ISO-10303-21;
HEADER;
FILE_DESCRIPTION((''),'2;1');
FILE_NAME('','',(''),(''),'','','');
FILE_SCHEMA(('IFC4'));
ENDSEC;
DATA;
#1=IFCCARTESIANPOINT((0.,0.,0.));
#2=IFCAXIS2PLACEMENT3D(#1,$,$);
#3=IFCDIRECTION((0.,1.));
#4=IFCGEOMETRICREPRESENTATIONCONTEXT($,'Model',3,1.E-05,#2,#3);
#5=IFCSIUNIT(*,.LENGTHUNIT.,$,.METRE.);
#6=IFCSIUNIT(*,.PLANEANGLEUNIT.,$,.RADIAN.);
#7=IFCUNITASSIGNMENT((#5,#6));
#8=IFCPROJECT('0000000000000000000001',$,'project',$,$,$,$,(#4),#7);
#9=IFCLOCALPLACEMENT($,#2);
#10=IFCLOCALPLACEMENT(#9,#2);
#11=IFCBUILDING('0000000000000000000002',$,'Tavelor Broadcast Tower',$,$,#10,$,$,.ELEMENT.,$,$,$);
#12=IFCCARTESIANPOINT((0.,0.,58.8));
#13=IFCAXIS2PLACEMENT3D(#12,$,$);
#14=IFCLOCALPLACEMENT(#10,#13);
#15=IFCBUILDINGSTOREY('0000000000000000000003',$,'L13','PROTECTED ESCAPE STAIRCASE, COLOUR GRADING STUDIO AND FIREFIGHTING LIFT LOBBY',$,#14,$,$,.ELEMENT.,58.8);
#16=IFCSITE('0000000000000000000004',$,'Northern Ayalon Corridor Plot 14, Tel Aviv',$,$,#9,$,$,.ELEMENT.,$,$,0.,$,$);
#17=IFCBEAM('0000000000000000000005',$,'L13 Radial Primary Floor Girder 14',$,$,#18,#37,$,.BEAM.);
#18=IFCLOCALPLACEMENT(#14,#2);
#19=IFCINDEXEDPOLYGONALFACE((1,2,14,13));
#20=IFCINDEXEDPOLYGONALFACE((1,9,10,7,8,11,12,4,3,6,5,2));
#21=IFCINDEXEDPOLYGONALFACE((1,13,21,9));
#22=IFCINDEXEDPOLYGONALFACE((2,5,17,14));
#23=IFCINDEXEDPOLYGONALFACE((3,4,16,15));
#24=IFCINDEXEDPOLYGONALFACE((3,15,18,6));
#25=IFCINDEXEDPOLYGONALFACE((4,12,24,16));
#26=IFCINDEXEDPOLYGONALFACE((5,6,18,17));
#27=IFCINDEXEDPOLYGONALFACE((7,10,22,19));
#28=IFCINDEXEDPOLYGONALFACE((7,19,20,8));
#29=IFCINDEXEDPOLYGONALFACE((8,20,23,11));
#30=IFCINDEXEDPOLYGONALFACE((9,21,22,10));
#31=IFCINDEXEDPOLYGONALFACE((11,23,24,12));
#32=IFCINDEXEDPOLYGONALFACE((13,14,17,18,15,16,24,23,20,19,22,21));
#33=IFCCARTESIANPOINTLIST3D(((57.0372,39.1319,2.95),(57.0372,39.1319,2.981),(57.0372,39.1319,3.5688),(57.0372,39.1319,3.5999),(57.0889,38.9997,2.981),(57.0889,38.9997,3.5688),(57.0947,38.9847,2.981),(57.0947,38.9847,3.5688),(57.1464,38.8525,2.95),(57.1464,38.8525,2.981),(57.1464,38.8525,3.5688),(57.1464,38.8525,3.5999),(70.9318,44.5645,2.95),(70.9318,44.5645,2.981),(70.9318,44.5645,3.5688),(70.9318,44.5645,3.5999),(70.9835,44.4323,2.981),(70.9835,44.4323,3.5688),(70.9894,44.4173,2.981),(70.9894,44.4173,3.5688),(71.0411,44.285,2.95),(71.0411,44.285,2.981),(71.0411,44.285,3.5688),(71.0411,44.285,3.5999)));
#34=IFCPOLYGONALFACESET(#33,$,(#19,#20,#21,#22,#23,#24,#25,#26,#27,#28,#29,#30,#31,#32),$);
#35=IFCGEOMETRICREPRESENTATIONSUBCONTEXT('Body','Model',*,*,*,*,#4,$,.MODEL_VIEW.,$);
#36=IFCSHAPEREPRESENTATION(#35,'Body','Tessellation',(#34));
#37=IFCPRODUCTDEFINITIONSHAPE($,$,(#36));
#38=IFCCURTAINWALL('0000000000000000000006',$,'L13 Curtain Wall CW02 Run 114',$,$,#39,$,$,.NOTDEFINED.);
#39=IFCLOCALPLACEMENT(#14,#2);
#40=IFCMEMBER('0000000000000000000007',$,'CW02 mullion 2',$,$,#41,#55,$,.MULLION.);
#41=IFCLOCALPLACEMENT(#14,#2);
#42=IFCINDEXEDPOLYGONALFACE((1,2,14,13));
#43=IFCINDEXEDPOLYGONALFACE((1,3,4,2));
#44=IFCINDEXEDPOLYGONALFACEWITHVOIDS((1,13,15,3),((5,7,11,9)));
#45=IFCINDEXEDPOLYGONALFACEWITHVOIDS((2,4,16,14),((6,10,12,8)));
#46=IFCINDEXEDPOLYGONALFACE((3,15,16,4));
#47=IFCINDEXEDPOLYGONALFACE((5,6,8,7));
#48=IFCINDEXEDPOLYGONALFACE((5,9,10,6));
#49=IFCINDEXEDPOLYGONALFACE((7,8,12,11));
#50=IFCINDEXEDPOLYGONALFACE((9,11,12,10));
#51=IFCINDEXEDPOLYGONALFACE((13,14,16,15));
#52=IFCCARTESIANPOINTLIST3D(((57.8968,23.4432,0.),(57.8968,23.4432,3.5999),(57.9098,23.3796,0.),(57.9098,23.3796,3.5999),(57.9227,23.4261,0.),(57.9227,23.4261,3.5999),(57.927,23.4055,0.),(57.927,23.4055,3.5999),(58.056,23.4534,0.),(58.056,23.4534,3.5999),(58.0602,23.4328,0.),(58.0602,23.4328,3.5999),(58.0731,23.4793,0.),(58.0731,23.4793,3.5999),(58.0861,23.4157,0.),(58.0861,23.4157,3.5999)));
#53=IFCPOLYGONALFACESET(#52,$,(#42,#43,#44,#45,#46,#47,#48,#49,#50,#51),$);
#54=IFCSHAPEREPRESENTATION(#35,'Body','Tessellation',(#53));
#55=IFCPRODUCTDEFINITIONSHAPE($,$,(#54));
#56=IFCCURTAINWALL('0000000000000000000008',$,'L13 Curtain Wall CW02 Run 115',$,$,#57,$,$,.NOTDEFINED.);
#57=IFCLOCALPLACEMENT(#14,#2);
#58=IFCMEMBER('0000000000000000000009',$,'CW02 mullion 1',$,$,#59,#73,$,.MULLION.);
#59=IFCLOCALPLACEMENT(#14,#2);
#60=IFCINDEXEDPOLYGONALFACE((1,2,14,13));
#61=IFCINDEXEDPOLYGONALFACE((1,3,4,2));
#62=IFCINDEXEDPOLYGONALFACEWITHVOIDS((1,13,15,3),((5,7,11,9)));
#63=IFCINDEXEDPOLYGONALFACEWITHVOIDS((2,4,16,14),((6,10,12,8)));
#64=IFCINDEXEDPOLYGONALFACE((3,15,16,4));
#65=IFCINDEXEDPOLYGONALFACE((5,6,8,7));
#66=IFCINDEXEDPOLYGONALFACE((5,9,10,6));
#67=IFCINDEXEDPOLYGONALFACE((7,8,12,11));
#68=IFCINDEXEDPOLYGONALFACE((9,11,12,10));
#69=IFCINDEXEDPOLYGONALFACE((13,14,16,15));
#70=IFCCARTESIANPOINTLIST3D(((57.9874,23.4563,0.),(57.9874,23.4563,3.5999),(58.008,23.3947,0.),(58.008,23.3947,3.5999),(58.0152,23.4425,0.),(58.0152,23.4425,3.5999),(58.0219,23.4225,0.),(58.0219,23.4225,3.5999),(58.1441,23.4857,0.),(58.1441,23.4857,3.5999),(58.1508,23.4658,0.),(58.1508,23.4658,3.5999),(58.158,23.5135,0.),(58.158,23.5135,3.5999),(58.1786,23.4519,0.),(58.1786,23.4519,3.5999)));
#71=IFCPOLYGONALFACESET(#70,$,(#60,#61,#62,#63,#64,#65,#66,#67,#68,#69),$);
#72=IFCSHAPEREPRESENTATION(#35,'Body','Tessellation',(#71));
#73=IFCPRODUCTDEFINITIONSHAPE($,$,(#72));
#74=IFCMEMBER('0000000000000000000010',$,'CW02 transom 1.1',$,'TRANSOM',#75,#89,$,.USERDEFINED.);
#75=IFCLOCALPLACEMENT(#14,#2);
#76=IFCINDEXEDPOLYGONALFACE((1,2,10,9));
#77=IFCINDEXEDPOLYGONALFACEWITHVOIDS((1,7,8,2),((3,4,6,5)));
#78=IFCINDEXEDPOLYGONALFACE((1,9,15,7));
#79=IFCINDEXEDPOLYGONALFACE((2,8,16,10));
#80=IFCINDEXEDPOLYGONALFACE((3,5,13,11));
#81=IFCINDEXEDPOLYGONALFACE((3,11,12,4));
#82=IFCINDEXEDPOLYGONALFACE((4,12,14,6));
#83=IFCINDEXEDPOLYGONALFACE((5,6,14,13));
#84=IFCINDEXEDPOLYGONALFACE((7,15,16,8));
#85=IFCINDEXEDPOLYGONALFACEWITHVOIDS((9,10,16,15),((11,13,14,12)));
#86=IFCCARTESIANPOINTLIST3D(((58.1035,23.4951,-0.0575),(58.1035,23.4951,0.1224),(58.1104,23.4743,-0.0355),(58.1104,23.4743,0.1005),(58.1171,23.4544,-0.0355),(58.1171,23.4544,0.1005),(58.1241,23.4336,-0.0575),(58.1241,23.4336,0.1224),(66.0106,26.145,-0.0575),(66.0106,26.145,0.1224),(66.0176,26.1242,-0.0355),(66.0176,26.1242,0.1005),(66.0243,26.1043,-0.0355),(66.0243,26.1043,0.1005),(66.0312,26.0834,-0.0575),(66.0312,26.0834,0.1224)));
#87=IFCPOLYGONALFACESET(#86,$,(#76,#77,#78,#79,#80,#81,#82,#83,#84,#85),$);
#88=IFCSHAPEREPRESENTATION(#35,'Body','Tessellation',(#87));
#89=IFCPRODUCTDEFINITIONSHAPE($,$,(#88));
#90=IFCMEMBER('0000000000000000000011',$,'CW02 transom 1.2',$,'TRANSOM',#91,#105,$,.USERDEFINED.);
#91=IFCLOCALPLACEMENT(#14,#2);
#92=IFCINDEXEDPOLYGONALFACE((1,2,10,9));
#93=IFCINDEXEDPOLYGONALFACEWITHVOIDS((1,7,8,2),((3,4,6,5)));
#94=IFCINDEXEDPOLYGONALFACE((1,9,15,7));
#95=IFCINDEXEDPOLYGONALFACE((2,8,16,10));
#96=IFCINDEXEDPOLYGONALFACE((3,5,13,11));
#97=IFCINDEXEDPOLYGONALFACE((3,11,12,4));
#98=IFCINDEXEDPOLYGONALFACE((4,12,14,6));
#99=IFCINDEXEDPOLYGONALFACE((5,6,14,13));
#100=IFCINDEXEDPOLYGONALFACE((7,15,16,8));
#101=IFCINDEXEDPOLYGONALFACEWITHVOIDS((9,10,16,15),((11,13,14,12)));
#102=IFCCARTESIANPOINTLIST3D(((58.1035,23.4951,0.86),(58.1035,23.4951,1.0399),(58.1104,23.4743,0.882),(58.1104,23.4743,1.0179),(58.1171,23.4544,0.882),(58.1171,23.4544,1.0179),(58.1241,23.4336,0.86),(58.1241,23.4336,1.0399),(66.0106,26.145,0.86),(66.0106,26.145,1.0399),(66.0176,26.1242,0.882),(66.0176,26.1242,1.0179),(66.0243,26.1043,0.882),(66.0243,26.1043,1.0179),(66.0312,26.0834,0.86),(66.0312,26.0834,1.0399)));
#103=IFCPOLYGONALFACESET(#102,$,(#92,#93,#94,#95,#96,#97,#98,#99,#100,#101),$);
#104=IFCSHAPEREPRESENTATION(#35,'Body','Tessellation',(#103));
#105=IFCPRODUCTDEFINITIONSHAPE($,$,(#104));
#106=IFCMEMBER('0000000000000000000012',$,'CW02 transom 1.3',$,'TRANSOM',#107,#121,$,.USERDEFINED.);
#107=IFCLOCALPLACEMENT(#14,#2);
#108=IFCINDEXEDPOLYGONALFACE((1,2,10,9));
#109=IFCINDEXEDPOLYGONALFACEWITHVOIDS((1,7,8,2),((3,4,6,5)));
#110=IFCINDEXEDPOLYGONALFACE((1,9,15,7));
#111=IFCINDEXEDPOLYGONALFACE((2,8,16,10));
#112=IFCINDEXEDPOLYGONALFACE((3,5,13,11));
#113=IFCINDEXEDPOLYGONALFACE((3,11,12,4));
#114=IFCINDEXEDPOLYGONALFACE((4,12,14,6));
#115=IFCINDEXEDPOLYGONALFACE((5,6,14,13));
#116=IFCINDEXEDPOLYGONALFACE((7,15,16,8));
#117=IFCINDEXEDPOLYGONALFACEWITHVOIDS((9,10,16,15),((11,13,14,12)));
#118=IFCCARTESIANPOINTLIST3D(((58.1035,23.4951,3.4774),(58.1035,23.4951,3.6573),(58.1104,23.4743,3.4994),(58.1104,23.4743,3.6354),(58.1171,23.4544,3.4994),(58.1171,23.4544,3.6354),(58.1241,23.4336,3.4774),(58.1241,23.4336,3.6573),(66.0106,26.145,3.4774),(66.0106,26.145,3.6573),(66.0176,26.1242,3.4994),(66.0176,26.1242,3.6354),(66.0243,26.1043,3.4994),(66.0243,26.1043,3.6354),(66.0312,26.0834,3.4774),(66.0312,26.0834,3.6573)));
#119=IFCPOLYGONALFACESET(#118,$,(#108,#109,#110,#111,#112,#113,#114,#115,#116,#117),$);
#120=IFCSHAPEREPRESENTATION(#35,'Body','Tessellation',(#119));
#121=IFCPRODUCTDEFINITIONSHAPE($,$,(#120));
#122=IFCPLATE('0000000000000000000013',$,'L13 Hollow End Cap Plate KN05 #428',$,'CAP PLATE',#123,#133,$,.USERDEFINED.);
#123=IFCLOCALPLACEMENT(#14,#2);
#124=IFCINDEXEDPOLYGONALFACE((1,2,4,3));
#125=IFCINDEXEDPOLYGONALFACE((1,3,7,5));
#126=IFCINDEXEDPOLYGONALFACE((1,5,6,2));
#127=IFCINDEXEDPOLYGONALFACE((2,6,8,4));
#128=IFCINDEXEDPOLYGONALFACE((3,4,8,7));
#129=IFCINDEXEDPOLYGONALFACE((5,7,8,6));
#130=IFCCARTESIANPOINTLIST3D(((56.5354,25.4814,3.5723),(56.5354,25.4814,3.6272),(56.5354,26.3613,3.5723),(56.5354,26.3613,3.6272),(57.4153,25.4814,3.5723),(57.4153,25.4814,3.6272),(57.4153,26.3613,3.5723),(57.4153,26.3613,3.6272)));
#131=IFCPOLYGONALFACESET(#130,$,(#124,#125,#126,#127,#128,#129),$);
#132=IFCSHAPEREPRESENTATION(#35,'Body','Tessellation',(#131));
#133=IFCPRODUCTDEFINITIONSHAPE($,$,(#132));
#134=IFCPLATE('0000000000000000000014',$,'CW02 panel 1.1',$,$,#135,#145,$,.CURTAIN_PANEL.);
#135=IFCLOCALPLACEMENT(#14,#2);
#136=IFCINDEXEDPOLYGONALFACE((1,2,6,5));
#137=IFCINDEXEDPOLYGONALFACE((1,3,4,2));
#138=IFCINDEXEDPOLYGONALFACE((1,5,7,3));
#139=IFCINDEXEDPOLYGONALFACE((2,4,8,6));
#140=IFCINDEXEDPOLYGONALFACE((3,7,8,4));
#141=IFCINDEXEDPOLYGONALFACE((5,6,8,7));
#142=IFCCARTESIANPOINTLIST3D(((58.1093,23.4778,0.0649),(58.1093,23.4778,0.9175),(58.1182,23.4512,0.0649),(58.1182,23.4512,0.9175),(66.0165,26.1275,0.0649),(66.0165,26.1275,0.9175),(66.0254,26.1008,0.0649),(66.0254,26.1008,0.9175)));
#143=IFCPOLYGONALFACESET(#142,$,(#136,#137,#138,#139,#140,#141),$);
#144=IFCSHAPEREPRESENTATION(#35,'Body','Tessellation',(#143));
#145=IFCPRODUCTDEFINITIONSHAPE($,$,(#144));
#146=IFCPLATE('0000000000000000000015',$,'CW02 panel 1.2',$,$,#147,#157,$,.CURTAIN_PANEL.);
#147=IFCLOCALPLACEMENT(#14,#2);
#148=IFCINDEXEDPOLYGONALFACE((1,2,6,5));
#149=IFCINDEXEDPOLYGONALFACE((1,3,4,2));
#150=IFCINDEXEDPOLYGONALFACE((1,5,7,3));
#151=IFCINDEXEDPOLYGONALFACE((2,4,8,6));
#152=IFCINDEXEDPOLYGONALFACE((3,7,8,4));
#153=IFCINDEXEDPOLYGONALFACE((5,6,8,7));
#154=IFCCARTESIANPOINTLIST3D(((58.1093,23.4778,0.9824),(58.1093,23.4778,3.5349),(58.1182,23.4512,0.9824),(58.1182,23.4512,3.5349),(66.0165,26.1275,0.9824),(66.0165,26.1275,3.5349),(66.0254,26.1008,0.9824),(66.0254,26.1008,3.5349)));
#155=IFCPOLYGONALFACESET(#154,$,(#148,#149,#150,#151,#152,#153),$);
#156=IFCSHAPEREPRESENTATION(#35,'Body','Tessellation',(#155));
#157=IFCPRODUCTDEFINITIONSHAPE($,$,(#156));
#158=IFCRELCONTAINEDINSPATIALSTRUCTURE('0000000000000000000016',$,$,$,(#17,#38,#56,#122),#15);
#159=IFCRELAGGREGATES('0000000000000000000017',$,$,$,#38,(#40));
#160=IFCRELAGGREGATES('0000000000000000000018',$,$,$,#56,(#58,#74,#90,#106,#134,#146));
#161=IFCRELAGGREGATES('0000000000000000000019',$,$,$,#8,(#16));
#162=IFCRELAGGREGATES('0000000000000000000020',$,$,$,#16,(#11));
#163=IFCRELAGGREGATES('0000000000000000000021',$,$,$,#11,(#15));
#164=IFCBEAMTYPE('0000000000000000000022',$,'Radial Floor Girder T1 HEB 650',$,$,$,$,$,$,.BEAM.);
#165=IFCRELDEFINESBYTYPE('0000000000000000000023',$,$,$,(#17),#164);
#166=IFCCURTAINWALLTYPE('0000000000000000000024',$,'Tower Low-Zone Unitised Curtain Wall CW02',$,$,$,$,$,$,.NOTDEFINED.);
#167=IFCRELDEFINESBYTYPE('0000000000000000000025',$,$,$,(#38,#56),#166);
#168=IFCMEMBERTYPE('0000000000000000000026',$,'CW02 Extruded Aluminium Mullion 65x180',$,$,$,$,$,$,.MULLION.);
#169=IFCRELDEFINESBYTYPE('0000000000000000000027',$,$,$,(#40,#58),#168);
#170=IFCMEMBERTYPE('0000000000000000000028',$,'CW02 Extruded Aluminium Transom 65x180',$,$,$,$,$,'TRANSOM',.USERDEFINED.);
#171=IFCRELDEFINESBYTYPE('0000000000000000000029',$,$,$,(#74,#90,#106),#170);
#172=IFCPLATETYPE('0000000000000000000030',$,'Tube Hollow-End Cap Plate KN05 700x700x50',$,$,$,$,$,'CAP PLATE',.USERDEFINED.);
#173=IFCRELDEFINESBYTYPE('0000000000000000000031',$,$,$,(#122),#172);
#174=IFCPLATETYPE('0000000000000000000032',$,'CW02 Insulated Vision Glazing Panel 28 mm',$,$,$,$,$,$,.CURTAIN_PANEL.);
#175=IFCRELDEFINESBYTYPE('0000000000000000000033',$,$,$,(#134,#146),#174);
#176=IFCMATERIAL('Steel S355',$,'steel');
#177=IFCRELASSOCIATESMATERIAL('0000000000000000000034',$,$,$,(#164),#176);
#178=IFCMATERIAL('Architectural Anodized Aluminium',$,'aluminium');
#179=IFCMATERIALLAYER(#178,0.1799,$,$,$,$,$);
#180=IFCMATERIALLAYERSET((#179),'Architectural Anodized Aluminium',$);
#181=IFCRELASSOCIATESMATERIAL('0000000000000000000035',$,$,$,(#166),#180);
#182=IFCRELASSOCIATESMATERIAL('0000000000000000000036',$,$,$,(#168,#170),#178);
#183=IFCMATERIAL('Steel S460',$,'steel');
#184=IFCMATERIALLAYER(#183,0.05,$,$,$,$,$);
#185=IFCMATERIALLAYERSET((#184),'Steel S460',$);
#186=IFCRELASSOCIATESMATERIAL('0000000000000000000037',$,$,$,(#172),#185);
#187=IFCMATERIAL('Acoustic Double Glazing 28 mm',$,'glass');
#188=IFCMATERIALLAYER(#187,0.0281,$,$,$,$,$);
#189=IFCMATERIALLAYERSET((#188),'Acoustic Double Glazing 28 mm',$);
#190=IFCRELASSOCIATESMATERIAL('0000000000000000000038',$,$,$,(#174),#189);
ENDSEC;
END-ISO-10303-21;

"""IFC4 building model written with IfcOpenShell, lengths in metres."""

from ifc_helpers import new_model, si_unit, direction, frame, origin, origin_2d, place, context, subcontext, project, spatial, rectangle, hollow_rectangle, i_section, extrude, source, transform, mapped, material, layer, layer_set, material_profile, profile_set, type_object, type_shapes, element, aggregate, save


model = new_model("IFC4")

# Units and contexts
model_context = context("Model", 3, precision=1e-05, world=origin(), true_north=direction((0.0, 1.0)))
body_context = subcontext(model_context, "Body", "Model", "MODEL_VIEW")
ifc_project = project(units=[si_unit("LENGTHUNIT", "METRE"), si_unit("PLANEANGLEUNIT", "RADIAN")], contexts=[model_context])

# Site, building, storey
site_placement = place(None, origin())
site = spatial("IfcSite", under=ifc_project, at=site_placement, Name="Northern Ayalon Corridor Plot 14, Tel Aviv", CompositionType="ELEMENT", RefElevation=0.0)
building_placement = place(site_placement, origin())
building = spatial("IfcBuilding", under=site, at=building_placement, Name="Tavelor Broadcast Tower", CompositionType="ELEMENT")
storey_placement = place(building_placement, frame((0.0, 0.0, 58.8)))
storey = spatial("IfcBuildingStorey", under=building, at=storey_placement, Name="L13", Description="PROTECTED ESCAPE STAIRCASE, COLOUR GRADING STUDIO AND FIREFIGHTING LIFT LOBBY", CompositionType="ELEMENT", Elevation=58.8)

# Shared definitions
ifc_material_1 = material(Name="Steel S460", Category="steel")

# Beam
ifc_material_2 = material(Name="Steel S355", Category="steel")
ifc_material_profile_1 = material_profile(ifc_material_2, i_section(OverallWidth=0.3, OverallDepth=0.6499, WebThickness=0.0161, FlangeThickness=0.031, at=origin_2d()), Name="HEB 650")
ifc_profile_set_1 = profile_set([ifc_material_profile_1], Name="Steel S355")
beam_type_1 = type_object("IfcBeamType", Name="Radial Floor Girder T1 HEB 650", PredefinedType="BEAM", material=ifc_profile_set_1)
beam_1_placement = place(storey_placement, frame((57.0918, 38.9922, 3.2749), z_axis=(0.931344, 0.36414, 0.0), x_axis=(-0.36414, 0.931344, 0.0)))
element("IfcBeam", 1, at=beam_1_placement, inside=storey, type_object=beam_type_1, Name="L13 Radial Primary Floor Girder 14", PredefinedType="BEAM", context=body_context, shape_type="SweptSolid", body=[
    extrude(i_section(OverallWidth=0.3, OverallDepth=0.6499, WebThickness=0.0161, FlangeThickness=0.031, at=origin_2d()), origin(), (0.0, 0.0, 1.0), 14.9189),
])

# Curtain wall, member
ifc_material_3 = material(Name="Architectural Anodized Aluminium", Category="aluminium")
ifc_layer_1 = layer(ifc_material_3, 0.1799)
ifc_layer_set_1 = layer_set([ifc_layer_1], Name="Architectural Anodized Aluminium")
curtain_wall_type = type_object("IfcCurtainWallType", Name="Tower Low-Zone Unitised Curtain Wall CW02", PredefinedType="NOTDEFINED", material=ifc_layer_set_1)
curtain_wall_1_placement = place(storey_placement, origin())
curtain_wall_1 = element("IfcCurtainWall", 2, at=curtain_wall_1_placement, inside=storey, type_object=curtain_wall_type, Name="L13 Curtain Wall CW02 Run 114", PredefinedType="NOTDEFINED")
ifc_material_profile_2 = material_profile(ifc_material_3, hollow_rectangle(XDim=0.0649, YDim=0.1799, WallThickness=0.022, at=origin_2d()), Name="RHS 65x180x22")
ifc_profile_set_2 = profile_set([ifc_material_profile_2], Name="Architectural Anodized Aluminium")
member_type_1 = type_object("IfcMemberType", Name="CW02 Extruded Aluminium Mullion 65x180", PredefinedType="MULLION", material=ifc_profile_set_2)
shared_shape_1 = source(origin(), body_context, "Body", "SweptSolid", [
    extrude(hollow_rectangle(XDim=0.0649, YDim=0.1799, WallThickness=0.022, at=origin_2d()), origin(), (0.0, 0.0, 1.0), 3.5999),
])
type_shapes(member_type_1, [shared_shape_1])
member_1_placement = place(storey_placement, frame((57.9915, 23.4294, 0.0), z_axis=(0.0, 0.0, 1.0), x_axis=(-0.200648, 0.979663, 0.0)))
member_1 = element("IfcMember", 3, at=member_1_placement, type_object=member_type_1, Name="CW02 mullion 2", PredefinedType="MULLION", context=body_context, shape_type="MappedRepresentation", body=[
    mapped(shared_shape_1, transform((0.0, 0.0, 0.0), scale=1.0)),
])
aggregate(curtain_wall_1, [member_1])

# Curtain wall, members
curtain_wall_2_placement = place(storey_placement, origin())
curtain_wall_2 = element("IfcCurtainWall", 4, at=curtain_wall_2_placement, inside=storey, type_object=curtain_wall_type, Name="L13 Curtain Wall CW02 Run 115", PredefinedType="NOTDEFINED")
member_2_placement = place(storey_placement, frame((58.083, 23.4541, 0.0), z_axis=(0.0, 0.0, 1.0), x_axis=(-0.317733, 0.94818, 0.0)))
member_2 = element("IfcMember", 5, at=member_2_placement, type_object=member_type_1, Name="CW02 mullion 1", PredefinedType="MULLION", context=body_context, shape_type="MappedRepresentation", body=[
    mapped(shared_shape_1, transform((0.0, 0.0, 0.0), scale=1.0)),
])
ifc_material_profile_3 = material_profile(ifc_material_3, hollow_rectangle(XDim=0.0649, YDim=0.1799, WallThickness=0.022, at=origin_2d()), Name="RHS 65x180x22")
ifc_profile_set_3 = profile_set([ifc_material_profile_3], Name="Architectural Anodized Aluminium")
member_type_2 = type_object("IfcMemberType", Name="CW02 Extruded Aluminium Transom 65x180", ElementType="TRANSOM", PredefinedType="USERDEFINED", material=ifc_profile_set_3)
shared_shape_2 = source(origin(), body_context, "Body", "SweptSolid", [
    extrude(hollow_rectangle(XDim=0.0649, YDim=0.1799, WallThickness=0.022, at=origin_2d()), origin(), (0.0, 0.0, 1.0), 8.3394),
])
type_shapes(member_type_2, [shared_shape_2])
member_3_placement = place(storey_placement, frame((58.1138, 23.4644, 0.0325), z_axis=(0.948173, 0.317756, 0.0), x_axis=(-0.317756, 0.948173, 0.0)))
member_3 = element("IfcMember", 6, at=member_3_placement, type_object=member_type_2, Name="CW02 transom 1.1", ObjectType="TRANSOM", PredefinedType="USERDEFINED", context=body_context, shape_type="MappedRepresentation", body=[
    mapped(shared_shape_2, transform((0.0, 0.0, 0.0), scale=1.0)),
])
member_4_placement = place(storey_placement, frame((58.1138, 23.4644, 0.95), z_axis=(0.948173, 0.317756, 0.0), x_axis=(-0.317756, 0.948173, 0.0)))
member_4 = element("IfcMember", 7, at=member_4_placement, type_object=member_type_2, Name="CW02 transom 1.2", ObjectType="TRANSOM", PredefinedType="USERDEFINED", context=body_context, shape_type="MappedRepresentation", body=[
    mapped(shared_shape_2, transform((0.0, 0.0, 0.0), scale=1.0)),
])
member_5_placement = place(storey_placement, frame((58.1138, 23.4644, 3.5674), z_axis=(0.948173, 0.317756, 0.0), x_axis=(-0.317756, 0.948173, 0.0)))
member_5 = element("IfcMember", 8, at=member_5_placement, type_object=member_type_2, Name="CW02 transom 1.3", ObjectType="TRANSOM", PredefinedType="USERDEFINED", context=body_context, shape_type="MappedRepresentation", body=[
    mapped(shared_shape_2, transform((0.0, 0.0, 0.0), scale=1.0)),
])

# Plates
ifc_layer_2 = layer(ifc_material_1, 0.05)
ifc_layer_set_2 = layer_set([ifc_layer_2], Name="Steel S460")
plate_type_1 = type_object("IfcPlateType", Name="Tube Hollow-End Cap Plate KN05 700x700x50", ElementType="CAP PLATE", PredefinedType="USERDEFINED", material=ifc_layer_set_2)
shared_shape_3 = source(origin(), body_context, "Body", "SweptSolid", [
    extrude(rectangle(XDim=0.8799, YDim=0.8799, at=origin_2d()), origin(), (0.0, 0.0, 1.0), 0.0549),
])
type_shapes(plate_type_1, [shared_shape_3])
plate_1_placement = place(storey_placement, frame((56.9753, 25.9214, 3.5723), z_axis=(0.0, 0.0, 1.0), x_axis=(1.0, 0.0, 0.0)))
element("IfcPlate", 9, at=plate_1_placement, inside=storey, type_object=plate_type_1, Name="L13 Hollow End Cap Plate KN05 #428", ObjectType="CAP PLATE", PredefinedType="USERDEFINED", context=body_context, shape_type="MappedRepresentation", body=[
    mapped(shared_shape_3, transform((0.0, 0.0, 0.0), scale=1.0)),
])
ifc_material_4 = material(Name="Acoustic Double Glazing 28 mm", Category="glass")
ifc_layer_3 = layer(ifc_material_4, 0.0281)
ifc_layer_set_3 = layer_set([ifc_layer_3], Name="Acoustic Double Glazing 28 mm")
plate_type_2 = type_object("IfcPlateType", Name="CW02 Insulated Vision Glazing Panel 28 mm", PredefinedType="CURTAIN_PANEL", material=ifc_layer_set_3)
shared_shape_4 = source(origin(), body_context, "Body", "SweptSolid", [
    extrude(rectangle(XDim=8.3394, YDim=0.0281, at=origin_2d()), origin(), (0.0, 0.0, 1.0), 0.8525),
])
plate_2_placement = place(storey_placement, frame((62.0674, 24.7893, 0.0649), z_axis=(0.0, 0.0, 1.0), x_axis=(0.94818, 0.317733, 0.0)))
plate_2 = element("IfcPlate", 10, at=plate_2_placement, type_object=plate_type_2, Name="CW02 panel 1.1", PredefinedType="CURTAIN_PANEL", context=body_context, shape_type="MappedRepresentation", body=[
    mapped(shared_shape_4, transform((0.0, 0.0, 0.0), scale=1.0)),
])
shared_shape_5 = source(origin(), body_context, "Body", "SweptSolid", [
    extrude(rectangle(XDim=8.3394, YDim=0.0281, at=origin_2d()), origin(), (0.0, 0.0, 1.0), 2.5525),
])
type_shapes(plate_type_2, [shared_shape_4, shared_shape_5])
plate_3_placement = place(storey_placement, frame((62.0674, 24.7893, 0.9824), z_axis=(0.0, 0.0, 1.0), x_axis=(0.94818, 0.317733, 0.0)))
plate_3 = element("IfcPlate", 11, at=plate_3_placement, type_object=plate_type_2, Name="CW02 panel 1.2", PredefinedType="CURTAIN_PANEL", context=body_context, shape_type="MappedRepresentation", body=[
    mapped(shared_shape_5, transform((0.0, 0.0, 0.0), scale=1.0)),
])
aggregate(curtain_wall_2, [member_2, member_3, member_4, member_5, plate_2, plate_3])

save(model, "model.ifc")
